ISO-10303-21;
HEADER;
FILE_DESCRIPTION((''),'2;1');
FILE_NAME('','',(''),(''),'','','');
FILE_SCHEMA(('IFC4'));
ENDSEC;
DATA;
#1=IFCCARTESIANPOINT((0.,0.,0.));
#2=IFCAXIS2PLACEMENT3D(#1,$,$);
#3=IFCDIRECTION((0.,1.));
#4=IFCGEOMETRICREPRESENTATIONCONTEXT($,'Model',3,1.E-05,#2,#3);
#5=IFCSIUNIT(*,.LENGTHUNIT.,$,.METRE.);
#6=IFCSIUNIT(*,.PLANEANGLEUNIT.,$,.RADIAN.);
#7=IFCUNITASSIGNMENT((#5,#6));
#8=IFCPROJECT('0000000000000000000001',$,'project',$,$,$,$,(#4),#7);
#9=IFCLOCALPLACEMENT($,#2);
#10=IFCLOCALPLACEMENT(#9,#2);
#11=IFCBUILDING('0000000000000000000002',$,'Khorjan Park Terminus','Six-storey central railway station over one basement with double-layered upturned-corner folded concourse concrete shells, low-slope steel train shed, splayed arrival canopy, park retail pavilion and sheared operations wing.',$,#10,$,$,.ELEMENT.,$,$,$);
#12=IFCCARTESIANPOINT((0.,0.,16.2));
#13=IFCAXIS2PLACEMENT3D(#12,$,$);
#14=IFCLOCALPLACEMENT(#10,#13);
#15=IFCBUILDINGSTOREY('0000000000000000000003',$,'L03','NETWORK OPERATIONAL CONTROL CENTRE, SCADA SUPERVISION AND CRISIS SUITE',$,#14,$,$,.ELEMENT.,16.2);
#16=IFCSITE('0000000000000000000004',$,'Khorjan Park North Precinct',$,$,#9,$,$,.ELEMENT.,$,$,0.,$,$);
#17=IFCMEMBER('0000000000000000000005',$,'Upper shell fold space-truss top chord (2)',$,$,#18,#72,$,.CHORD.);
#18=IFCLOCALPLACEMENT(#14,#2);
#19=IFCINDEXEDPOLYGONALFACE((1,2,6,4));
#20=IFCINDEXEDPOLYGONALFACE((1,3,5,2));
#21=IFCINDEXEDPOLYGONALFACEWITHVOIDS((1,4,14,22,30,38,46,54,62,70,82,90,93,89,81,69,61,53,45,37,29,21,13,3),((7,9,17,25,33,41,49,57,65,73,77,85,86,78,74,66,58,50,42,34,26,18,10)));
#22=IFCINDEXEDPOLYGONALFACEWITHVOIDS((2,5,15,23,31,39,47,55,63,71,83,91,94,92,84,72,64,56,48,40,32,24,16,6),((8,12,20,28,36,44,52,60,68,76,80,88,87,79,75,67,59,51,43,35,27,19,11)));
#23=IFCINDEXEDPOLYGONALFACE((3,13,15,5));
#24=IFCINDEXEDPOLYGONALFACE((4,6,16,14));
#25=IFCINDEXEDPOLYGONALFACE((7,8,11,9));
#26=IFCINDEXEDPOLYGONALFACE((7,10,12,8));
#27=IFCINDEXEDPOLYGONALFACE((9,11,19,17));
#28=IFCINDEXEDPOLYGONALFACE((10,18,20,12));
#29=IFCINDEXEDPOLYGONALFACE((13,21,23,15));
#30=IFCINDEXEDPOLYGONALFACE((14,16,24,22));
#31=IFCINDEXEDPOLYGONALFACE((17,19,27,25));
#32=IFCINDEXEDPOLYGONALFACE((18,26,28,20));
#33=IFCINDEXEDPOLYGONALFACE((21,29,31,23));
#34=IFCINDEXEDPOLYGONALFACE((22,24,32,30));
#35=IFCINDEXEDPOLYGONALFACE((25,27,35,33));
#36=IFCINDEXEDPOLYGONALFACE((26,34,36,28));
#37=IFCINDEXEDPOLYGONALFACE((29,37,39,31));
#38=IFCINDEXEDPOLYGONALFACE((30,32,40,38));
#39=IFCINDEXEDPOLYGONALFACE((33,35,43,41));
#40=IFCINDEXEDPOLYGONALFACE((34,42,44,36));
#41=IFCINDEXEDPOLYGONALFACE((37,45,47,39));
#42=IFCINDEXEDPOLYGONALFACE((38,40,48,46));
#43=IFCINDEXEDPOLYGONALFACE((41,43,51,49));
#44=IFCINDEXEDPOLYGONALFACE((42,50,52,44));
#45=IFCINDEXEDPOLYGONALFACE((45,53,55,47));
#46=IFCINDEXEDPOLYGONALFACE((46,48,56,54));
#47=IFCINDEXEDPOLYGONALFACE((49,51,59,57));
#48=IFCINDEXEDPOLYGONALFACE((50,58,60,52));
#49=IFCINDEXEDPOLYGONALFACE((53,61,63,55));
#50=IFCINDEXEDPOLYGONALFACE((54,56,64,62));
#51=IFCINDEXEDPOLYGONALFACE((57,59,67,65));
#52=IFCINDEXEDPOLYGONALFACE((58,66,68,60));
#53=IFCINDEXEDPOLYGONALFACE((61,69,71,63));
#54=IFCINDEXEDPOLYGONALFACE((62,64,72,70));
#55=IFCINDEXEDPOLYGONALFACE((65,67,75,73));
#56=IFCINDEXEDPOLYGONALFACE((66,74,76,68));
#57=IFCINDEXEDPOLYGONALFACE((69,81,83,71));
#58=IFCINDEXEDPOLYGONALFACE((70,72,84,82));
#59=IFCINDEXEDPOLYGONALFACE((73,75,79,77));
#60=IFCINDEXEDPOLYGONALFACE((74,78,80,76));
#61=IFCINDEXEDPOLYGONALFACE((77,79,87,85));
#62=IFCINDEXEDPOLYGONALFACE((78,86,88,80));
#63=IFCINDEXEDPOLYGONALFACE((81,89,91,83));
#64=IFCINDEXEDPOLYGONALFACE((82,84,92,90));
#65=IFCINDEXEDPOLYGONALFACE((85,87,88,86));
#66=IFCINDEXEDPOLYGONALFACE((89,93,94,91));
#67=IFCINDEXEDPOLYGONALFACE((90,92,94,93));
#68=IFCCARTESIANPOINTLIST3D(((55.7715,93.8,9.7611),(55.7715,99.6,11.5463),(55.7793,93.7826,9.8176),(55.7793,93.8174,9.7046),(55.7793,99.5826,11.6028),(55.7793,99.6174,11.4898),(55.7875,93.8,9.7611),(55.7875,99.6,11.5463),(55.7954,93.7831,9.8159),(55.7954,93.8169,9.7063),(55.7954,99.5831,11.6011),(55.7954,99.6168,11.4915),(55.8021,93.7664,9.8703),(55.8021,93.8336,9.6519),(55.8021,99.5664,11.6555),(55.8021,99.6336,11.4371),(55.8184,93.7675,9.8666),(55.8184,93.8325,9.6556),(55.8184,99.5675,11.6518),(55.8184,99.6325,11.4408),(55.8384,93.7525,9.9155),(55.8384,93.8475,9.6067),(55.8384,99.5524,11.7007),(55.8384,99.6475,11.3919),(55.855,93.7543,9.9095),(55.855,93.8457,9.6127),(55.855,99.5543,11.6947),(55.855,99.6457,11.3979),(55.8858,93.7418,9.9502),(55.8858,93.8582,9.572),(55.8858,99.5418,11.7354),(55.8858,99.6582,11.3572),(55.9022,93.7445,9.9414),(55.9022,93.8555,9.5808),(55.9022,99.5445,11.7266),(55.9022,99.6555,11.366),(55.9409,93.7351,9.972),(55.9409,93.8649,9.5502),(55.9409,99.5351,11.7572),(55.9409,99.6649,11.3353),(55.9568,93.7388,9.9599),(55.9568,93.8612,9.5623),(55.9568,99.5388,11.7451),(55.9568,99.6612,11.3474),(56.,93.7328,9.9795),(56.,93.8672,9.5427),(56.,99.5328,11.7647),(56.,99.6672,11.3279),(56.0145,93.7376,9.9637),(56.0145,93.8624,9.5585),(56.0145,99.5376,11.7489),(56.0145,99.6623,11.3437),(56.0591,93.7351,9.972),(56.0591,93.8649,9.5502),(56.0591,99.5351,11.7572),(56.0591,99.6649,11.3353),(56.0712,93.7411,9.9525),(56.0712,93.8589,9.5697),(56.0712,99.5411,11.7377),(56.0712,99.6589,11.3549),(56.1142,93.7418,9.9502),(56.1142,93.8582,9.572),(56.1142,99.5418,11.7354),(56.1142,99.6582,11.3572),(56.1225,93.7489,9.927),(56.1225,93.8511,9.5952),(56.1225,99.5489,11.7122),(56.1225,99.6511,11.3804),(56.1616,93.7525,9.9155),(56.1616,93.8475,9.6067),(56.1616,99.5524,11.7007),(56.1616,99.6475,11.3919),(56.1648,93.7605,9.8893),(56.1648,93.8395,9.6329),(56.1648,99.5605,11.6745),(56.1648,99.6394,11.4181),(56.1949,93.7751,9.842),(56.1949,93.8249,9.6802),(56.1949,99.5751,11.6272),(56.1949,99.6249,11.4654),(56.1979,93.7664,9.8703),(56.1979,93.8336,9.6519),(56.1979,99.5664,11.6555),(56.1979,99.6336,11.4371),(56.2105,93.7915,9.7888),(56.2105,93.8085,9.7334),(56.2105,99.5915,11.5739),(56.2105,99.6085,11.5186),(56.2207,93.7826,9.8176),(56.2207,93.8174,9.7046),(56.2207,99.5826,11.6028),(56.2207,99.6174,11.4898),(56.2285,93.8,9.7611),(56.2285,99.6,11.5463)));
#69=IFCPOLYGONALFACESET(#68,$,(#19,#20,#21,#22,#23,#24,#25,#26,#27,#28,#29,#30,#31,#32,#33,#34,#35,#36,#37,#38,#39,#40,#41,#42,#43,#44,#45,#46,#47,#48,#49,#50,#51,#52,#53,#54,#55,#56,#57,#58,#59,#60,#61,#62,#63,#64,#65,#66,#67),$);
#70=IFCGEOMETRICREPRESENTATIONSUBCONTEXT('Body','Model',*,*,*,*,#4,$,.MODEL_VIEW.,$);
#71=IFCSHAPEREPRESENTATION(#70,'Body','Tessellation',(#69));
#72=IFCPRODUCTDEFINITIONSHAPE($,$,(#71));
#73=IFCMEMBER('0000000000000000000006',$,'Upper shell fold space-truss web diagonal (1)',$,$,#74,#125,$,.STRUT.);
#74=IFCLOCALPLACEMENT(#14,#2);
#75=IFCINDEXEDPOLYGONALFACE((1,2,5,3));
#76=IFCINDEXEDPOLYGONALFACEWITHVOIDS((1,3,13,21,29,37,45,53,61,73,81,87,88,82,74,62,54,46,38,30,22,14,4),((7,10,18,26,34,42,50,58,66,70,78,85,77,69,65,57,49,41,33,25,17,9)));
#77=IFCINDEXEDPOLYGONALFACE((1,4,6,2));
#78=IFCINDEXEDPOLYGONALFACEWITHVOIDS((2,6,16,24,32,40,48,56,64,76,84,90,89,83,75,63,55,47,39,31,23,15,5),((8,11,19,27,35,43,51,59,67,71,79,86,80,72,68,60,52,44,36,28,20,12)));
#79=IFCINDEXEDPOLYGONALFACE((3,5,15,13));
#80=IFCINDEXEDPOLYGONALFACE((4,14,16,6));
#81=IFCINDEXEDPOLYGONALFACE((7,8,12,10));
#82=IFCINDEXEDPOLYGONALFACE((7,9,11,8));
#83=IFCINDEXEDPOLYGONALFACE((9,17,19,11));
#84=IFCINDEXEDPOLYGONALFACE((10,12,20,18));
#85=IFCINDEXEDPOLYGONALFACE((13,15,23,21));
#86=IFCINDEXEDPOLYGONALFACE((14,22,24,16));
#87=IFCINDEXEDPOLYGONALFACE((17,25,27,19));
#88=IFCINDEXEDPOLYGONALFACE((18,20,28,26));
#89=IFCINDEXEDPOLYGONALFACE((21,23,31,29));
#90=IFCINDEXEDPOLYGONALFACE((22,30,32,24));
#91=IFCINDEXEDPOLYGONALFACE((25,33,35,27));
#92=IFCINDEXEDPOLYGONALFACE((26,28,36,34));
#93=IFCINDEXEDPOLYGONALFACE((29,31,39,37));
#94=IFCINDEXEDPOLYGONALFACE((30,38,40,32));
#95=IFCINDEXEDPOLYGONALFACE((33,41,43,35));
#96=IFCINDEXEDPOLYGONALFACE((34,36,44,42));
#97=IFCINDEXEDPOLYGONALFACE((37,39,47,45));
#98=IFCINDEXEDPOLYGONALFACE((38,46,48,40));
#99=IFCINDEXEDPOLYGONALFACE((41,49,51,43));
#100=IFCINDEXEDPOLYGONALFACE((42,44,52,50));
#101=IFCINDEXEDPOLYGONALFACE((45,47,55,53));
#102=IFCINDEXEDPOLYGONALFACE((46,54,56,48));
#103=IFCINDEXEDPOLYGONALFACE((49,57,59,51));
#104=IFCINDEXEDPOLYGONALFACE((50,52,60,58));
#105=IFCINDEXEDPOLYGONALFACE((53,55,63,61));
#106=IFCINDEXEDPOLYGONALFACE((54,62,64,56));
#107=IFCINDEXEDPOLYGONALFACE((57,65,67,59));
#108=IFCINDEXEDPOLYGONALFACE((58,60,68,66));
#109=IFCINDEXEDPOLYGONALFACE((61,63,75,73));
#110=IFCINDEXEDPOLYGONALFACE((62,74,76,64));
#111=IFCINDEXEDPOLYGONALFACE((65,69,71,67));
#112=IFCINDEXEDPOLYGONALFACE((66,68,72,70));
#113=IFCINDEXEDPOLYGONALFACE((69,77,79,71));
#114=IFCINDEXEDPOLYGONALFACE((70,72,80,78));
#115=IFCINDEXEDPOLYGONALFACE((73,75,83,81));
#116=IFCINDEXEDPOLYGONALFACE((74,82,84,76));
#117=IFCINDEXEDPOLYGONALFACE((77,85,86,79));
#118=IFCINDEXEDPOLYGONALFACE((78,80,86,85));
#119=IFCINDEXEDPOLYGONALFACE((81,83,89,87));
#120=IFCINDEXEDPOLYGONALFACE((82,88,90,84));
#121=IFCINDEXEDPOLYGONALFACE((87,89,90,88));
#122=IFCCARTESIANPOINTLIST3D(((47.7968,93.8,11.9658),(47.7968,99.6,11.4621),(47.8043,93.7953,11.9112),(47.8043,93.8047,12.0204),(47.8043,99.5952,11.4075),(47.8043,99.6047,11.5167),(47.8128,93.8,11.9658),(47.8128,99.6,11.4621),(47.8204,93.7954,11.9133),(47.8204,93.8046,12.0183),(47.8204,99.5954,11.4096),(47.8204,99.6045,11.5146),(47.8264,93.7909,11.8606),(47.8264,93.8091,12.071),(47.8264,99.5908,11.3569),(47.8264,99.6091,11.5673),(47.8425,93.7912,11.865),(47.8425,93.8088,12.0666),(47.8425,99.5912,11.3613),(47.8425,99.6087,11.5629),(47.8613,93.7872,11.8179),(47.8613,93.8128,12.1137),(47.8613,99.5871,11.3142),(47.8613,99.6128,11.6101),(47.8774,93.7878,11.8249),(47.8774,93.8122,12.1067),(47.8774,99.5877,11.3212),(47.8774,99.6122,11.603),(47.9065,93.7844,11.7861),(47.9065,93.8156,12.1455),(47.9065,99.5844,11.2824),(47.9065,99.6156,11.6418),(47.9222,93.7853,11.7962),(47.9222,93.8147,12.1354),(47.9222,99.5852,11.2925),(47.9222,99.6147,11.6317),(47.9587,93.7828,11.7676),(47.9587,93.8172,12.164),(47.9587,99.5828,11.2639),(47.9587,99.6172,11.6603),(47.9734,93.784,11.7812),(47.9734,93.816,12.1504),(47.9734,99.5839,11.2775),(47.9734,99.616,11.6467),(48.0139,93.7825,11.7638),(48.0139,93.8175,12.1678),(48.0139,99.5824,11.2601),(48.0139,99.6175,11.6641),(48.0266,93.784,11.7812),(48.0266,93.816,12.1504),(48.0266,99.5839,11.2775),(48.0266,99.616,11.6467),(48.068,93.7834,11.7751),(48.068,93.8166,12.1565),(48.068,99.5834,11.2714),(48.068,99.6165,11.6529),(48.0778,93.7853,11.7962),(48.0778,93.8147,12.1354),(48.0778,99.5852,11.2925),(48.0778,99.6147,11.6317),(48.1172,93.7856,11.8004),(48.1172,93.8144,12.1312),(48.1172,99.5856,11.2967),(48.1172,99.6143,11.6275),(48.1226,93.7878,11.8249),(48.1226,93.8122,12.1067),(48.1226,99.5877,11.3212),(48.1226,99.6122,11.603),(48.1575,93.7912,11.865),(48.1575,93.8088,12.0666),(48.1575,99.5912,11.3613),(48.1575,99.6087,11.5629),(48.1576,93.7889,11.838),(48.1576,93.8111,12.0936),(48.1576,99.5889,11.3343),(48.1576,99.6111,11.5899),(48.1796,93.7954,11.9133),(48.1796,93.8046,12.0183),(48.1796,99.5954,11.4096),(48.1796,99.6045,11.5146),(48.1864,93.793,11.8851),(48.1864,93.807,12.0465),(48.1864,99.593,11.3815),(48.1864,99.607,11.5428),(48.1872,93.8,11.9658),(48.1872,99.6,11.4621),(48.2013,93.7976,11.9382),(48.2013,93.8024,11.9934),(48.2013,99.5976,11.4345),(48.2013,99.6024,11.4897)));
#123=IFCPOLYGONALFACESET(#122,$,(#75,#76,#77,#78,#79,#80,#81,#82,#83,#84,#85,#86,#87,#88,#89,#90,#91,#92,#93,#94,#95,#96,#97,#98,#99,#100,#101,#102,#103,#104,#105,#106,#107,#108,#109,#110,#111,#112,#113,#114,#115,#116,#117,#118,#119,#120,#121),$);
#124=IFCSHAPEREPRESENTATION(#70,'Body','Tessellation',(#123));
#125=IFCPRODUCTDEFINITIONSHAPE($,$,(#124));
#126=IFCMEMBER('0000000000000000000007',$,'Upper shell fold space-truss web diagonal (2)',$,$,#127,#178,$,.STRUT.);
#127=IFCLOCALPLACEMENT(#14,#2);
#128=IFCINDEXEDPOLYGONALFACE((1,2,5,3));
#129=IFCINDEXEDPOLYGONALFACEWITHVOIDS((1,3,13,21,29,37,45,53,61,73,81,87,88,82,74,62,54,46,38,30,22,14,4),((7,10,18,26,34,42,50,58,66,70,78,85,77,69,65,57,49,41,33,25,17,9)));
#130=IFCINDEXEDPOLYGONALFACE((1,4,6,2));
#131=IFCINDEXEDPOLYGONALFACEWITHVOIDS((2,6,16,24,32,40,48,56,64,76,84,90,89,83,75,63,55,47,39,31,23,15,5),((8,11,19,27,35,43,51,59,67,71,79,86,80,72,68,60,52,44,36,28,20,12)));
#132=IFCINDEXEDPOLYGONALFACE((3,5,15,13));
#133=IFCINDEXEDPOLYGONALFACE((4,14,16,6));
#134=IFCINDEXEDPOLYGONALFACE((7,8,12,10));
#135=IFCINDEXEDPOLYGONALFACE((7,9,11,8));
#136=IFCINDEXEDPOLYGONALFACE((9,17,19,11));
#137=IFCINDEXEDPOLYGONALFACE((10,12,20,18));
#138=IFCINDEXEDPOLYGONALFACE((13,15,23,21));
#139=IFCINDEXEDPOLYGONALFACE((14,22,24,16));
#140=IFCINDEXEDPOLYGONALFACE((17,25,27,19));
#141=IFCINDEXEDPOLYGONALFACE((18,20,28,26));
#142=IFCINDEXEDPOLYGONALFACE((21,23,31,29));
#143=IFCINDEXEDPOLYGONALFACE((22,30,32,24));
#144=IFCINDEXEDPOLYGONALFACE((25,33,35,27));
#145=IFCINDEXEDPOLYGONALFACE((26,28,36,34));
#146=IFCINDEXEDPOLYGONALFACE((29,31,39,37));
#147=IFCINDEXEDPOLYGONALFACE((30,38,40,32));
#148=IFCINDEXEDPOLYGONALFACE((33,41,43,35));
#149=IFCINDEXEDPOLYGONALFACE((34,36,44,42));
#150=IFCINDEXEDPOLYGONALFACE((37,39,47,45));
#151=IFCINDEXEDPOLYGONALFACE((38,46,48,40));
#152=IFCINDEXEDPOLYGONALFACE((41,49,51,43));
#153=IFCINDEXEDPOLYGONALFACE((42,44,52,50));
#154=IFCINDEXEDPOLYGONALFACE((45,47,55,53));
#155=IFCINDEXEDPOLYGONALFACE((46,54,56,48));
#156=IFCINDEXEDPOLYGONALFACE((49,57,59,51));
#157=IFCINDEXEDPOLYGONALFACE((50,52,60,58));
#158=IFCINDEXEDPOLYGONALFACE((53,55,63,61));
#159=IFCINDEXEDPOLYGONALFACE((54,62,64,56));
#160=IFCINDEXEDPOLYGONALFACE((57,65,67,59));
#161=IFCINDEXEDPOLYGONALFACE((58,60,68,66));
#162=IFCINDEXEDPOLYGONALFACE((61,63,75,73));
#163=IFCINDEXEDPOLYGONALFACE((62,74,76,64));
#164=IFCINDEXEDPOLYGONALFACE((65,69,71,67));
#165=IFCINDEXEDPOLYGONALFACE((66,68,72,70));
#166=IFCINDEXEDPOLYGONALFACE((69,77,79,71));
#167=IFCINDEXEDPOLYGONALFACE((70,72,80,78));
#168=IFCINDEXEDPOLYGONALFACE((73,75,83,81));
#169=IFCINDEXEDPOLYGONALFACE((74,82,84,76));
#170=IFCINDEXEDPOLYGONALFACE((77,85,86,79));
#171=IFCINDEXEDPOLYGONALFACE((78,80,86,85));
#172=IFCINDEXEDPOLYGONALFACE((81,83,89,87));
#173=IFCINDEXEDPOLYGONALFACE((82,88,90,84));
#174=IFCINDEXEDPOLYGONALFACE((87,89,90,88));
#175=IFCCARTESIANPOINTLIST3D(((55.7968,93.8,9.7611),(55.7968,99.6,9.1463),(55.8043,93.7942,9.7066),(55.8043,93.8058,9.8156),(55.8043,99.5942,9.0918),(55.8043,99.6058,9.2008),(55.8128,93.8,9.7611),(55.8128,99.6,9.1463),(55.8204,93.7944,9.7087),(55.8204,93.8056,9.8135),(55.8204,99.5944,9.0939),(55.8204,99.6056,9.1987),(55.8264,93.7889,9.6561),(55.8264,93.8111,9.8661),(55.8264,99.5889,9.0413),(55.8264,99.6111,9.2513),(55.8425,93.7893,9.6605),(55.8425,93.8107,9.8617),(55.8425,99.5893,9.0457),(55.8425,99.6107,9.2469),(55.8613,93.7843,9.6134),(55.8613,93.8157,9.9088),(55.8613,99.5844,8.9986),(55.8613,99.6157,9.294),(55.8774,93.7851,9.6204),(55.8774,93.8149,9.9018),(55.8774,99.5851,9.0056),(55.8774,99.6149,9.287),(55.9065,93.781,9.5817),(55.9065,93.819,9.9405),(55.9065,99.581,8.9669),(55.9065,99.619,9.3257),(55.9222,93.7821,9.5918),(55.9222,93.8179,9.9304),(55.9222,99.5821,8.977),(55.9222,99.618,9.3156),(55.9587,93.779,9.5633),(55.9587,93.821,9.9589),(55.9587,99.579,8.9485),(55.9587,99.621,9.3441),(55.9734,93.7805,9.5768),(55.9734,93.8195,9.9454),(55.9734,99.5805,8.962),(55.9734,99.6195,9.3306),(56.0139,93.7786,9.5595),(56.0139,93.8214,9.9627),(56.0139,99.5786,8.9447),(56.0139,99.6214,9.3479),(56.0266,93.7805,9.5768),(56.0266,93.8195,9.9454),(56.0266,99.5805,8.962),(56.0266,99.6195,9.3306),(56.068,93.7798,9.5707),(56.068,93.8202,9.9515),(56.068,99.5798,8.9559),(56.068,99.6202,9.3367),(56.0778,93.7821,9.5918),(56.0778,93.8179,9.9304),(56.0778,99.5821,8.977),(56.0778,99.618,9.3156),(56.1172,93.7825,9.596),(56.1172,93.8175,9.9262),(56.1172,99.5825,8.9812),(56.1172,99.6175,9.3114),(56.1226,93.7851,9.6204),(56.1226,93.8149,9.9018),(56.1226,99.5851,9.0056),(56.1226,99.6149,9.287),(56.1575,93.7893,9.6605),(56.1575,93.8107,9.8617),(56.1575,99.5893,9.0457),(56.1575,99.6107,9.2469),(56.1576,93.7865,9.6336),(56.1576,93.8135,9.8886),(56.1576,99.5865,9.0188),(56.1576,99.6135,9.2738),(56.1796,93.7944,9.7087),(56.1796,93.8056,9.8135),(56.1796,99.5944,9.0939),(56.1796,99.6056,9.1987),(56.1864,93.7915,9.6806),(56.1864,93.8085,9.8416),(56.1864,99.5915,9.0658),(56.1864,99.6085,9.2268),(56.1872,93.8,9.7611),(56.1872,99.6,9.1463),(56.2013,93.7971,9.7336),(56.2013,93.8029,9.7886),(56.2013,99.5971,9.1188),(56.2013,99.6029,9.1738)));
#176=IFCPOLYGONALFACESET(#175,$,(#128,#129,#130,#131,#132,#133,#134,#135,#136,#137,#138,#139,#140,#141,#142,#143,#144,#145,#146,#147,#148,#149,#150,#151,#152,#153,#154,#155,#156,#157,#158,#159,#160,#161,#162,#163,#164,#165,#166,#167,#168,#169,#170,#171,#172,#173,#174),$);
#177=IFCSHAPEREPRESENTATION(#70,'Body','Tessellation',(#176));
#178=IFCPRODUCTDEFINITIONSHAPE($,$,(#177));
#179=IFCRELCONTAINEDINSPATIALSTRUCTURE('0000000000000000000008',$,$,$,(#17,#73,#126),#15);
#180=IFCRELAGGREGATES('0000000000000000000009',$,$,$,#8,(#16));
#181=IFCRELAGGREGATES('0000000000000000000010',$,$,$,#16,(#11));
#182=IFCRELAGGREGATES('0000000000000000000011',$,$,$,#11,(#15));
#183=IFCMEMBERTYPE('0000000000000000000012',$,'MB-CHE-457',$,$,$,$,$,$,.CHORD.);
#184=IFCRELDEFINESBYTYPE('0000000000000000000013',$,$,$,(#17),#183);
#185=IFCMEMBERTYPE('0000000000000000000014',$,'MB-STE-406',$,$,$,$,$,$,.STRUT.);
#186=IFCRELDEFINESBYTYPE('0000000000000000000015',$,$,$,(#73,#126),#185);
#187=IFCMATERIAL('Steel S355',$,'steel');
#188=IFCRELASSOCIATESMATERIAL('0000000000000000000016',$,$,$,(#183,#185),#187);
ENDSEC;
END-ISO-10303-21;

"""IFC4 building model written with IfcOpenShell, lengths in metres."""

from ifc_helpers import new_model, si_unit, direction, frame, origin, origin_2d, place, context, subcontext, project, spatial, hollow_circle, extrude, material, material_profile, profile_set, type_object, element, save


model = new_model("IFC4")

# Units and contexts
model_context = context("Model", 3, precision=1e-05, world=origin(), true_north=direction((0.0, 1.0)))
body_context = subcontext(model_context, "Body", "Model", "MODEL_VIEW")
ifc_project = project(units=[si_unit("LENGTHUNIT", "METRE"), si_unit("PLANEANGLEUNIT", "RADIAN")], contexts=[model_context])

# Site, building, storey
site_placement = place(None, origin())
site = spatial("IfcSite", under=ifc_project, at=site_placement, Name="Khorjan Park North Precinct", CompositionType="ELEMENT", RefElevation=0.0)
building_placement = place(site_placement, origin())
building = spatial("IfcBuilding", under=site, at=building_placement, Name="Khorjan Park Terminus", Description="Six-storey central railway station over one basement with double-layered upturned-corner folded concourse concrete shells, low-slope steel train shed, splayed arrival canopy, park retail pavilion and sheared operations wing.", CompositionType="ELEMENT")
storey_placement = place(building_placement, frame((0.0, 0.0, 16.2)))
storey = spatial("IfcBuildingStorey", under=building, at=storey_placement, Name="L03", Description="NETWORK OPERATIONAL CONTROL CENTRE, SCADA SUPERVISION AND CRISIS SUITE", CompositionType="ELEMENT", Elevation=16.2)

# Members
ifc_material_1 = material(Name="Steel S355", Category="steel")
ifc_material_profile_1 = material_profile(ifc_material_1, hollow_circle(Radius=0.2285, WallThickness=0.016, at=origin_2d()), Name="CHS 457x16")
ifc_profile_set_1 = profile_set([ifc_material_profile_1], Name="Steel S355")
member_type_1 = type_object("IfcMemberType", Name="MB-CHE-457", PredefinedType="CHORD", material=ifc_profile_set_1)
member_1_placement = place(storey_placement, frame((56.0, 93.8, 9.7611), z_axis=(0.0, 0.955752, 0.294174), x_axis=(-1.0, 0.0, 0.0)))
element("IfcMember", 1, at=member_1_placement, inside=storey, type_object=member_type_1, Name="Upper shell fold space-truss top chord (2)", PredefinedType="CHORD", context=body_context, shape_type="SweptSolid", body=[
    extrude(hollow_circle(Radius=0.2285, WallThickness=0.016, at=origin_2d()), origin(), (0.0, 0.0, 1.0), 6.0685),
])
ifc_material_profile_2 = material_profile(ifc_material_1, hollow_circle(Radius=0.2032, WallThickness=0.016, at=origin_2d()), Name="CHS 406.4x16")
ifc_profile_set_2 = profile_set([ifc_material_profile_2], Name="Steel S355")
member_type_2 = type_object("IfcMemberType", Name="MB-STE-406", PredefinedType="STRUT", material=ifc_profile_set_2)
member_2_placement = place(storey_placement, frame((48.0, 93.8, 11.9658), z_axis=(0.0, 0.99625, -0.086519), x_axis=(-1.0, 0.0, 0.0)))
element("IfcMember", 2, at=member_2_placement, inside=storey, type_object=member_type_2, Name="Upper shell fold space-truss web diagonal (1)", PredefinedType="STRUT", context=body_context, shape_type="SweptSolid", body=[
    extrude(hollow_circle(Radius=0.2032, WallThickness=0.016, at=origin_2d()), origin(), (0.0, 0.0, 1.0), 5.8218),
])
member_3_placement = place(storey_placement, frame((56.0, 93.8, 9.7611), z_axis=(0.0, 0.994429, -0.105409), x_axis=(-1.0, 0.0, 0.0)))
element("IfcMember", 3, at=member_3_placement, inside=storey, type_object=member_type_2, Name="Upper shell fold space-truss web diagonal (2)", PredefinedType="STRUT", context=body_context, shape_type="SweptSolid", body=[
    extrude(hollow_circle(Radius=0.2032, WallThickness=0.016, at=origin_2d()), origin(), (0.0, 0.0, 1.0), 5.8325),
])

save(model, "model.ifc")
